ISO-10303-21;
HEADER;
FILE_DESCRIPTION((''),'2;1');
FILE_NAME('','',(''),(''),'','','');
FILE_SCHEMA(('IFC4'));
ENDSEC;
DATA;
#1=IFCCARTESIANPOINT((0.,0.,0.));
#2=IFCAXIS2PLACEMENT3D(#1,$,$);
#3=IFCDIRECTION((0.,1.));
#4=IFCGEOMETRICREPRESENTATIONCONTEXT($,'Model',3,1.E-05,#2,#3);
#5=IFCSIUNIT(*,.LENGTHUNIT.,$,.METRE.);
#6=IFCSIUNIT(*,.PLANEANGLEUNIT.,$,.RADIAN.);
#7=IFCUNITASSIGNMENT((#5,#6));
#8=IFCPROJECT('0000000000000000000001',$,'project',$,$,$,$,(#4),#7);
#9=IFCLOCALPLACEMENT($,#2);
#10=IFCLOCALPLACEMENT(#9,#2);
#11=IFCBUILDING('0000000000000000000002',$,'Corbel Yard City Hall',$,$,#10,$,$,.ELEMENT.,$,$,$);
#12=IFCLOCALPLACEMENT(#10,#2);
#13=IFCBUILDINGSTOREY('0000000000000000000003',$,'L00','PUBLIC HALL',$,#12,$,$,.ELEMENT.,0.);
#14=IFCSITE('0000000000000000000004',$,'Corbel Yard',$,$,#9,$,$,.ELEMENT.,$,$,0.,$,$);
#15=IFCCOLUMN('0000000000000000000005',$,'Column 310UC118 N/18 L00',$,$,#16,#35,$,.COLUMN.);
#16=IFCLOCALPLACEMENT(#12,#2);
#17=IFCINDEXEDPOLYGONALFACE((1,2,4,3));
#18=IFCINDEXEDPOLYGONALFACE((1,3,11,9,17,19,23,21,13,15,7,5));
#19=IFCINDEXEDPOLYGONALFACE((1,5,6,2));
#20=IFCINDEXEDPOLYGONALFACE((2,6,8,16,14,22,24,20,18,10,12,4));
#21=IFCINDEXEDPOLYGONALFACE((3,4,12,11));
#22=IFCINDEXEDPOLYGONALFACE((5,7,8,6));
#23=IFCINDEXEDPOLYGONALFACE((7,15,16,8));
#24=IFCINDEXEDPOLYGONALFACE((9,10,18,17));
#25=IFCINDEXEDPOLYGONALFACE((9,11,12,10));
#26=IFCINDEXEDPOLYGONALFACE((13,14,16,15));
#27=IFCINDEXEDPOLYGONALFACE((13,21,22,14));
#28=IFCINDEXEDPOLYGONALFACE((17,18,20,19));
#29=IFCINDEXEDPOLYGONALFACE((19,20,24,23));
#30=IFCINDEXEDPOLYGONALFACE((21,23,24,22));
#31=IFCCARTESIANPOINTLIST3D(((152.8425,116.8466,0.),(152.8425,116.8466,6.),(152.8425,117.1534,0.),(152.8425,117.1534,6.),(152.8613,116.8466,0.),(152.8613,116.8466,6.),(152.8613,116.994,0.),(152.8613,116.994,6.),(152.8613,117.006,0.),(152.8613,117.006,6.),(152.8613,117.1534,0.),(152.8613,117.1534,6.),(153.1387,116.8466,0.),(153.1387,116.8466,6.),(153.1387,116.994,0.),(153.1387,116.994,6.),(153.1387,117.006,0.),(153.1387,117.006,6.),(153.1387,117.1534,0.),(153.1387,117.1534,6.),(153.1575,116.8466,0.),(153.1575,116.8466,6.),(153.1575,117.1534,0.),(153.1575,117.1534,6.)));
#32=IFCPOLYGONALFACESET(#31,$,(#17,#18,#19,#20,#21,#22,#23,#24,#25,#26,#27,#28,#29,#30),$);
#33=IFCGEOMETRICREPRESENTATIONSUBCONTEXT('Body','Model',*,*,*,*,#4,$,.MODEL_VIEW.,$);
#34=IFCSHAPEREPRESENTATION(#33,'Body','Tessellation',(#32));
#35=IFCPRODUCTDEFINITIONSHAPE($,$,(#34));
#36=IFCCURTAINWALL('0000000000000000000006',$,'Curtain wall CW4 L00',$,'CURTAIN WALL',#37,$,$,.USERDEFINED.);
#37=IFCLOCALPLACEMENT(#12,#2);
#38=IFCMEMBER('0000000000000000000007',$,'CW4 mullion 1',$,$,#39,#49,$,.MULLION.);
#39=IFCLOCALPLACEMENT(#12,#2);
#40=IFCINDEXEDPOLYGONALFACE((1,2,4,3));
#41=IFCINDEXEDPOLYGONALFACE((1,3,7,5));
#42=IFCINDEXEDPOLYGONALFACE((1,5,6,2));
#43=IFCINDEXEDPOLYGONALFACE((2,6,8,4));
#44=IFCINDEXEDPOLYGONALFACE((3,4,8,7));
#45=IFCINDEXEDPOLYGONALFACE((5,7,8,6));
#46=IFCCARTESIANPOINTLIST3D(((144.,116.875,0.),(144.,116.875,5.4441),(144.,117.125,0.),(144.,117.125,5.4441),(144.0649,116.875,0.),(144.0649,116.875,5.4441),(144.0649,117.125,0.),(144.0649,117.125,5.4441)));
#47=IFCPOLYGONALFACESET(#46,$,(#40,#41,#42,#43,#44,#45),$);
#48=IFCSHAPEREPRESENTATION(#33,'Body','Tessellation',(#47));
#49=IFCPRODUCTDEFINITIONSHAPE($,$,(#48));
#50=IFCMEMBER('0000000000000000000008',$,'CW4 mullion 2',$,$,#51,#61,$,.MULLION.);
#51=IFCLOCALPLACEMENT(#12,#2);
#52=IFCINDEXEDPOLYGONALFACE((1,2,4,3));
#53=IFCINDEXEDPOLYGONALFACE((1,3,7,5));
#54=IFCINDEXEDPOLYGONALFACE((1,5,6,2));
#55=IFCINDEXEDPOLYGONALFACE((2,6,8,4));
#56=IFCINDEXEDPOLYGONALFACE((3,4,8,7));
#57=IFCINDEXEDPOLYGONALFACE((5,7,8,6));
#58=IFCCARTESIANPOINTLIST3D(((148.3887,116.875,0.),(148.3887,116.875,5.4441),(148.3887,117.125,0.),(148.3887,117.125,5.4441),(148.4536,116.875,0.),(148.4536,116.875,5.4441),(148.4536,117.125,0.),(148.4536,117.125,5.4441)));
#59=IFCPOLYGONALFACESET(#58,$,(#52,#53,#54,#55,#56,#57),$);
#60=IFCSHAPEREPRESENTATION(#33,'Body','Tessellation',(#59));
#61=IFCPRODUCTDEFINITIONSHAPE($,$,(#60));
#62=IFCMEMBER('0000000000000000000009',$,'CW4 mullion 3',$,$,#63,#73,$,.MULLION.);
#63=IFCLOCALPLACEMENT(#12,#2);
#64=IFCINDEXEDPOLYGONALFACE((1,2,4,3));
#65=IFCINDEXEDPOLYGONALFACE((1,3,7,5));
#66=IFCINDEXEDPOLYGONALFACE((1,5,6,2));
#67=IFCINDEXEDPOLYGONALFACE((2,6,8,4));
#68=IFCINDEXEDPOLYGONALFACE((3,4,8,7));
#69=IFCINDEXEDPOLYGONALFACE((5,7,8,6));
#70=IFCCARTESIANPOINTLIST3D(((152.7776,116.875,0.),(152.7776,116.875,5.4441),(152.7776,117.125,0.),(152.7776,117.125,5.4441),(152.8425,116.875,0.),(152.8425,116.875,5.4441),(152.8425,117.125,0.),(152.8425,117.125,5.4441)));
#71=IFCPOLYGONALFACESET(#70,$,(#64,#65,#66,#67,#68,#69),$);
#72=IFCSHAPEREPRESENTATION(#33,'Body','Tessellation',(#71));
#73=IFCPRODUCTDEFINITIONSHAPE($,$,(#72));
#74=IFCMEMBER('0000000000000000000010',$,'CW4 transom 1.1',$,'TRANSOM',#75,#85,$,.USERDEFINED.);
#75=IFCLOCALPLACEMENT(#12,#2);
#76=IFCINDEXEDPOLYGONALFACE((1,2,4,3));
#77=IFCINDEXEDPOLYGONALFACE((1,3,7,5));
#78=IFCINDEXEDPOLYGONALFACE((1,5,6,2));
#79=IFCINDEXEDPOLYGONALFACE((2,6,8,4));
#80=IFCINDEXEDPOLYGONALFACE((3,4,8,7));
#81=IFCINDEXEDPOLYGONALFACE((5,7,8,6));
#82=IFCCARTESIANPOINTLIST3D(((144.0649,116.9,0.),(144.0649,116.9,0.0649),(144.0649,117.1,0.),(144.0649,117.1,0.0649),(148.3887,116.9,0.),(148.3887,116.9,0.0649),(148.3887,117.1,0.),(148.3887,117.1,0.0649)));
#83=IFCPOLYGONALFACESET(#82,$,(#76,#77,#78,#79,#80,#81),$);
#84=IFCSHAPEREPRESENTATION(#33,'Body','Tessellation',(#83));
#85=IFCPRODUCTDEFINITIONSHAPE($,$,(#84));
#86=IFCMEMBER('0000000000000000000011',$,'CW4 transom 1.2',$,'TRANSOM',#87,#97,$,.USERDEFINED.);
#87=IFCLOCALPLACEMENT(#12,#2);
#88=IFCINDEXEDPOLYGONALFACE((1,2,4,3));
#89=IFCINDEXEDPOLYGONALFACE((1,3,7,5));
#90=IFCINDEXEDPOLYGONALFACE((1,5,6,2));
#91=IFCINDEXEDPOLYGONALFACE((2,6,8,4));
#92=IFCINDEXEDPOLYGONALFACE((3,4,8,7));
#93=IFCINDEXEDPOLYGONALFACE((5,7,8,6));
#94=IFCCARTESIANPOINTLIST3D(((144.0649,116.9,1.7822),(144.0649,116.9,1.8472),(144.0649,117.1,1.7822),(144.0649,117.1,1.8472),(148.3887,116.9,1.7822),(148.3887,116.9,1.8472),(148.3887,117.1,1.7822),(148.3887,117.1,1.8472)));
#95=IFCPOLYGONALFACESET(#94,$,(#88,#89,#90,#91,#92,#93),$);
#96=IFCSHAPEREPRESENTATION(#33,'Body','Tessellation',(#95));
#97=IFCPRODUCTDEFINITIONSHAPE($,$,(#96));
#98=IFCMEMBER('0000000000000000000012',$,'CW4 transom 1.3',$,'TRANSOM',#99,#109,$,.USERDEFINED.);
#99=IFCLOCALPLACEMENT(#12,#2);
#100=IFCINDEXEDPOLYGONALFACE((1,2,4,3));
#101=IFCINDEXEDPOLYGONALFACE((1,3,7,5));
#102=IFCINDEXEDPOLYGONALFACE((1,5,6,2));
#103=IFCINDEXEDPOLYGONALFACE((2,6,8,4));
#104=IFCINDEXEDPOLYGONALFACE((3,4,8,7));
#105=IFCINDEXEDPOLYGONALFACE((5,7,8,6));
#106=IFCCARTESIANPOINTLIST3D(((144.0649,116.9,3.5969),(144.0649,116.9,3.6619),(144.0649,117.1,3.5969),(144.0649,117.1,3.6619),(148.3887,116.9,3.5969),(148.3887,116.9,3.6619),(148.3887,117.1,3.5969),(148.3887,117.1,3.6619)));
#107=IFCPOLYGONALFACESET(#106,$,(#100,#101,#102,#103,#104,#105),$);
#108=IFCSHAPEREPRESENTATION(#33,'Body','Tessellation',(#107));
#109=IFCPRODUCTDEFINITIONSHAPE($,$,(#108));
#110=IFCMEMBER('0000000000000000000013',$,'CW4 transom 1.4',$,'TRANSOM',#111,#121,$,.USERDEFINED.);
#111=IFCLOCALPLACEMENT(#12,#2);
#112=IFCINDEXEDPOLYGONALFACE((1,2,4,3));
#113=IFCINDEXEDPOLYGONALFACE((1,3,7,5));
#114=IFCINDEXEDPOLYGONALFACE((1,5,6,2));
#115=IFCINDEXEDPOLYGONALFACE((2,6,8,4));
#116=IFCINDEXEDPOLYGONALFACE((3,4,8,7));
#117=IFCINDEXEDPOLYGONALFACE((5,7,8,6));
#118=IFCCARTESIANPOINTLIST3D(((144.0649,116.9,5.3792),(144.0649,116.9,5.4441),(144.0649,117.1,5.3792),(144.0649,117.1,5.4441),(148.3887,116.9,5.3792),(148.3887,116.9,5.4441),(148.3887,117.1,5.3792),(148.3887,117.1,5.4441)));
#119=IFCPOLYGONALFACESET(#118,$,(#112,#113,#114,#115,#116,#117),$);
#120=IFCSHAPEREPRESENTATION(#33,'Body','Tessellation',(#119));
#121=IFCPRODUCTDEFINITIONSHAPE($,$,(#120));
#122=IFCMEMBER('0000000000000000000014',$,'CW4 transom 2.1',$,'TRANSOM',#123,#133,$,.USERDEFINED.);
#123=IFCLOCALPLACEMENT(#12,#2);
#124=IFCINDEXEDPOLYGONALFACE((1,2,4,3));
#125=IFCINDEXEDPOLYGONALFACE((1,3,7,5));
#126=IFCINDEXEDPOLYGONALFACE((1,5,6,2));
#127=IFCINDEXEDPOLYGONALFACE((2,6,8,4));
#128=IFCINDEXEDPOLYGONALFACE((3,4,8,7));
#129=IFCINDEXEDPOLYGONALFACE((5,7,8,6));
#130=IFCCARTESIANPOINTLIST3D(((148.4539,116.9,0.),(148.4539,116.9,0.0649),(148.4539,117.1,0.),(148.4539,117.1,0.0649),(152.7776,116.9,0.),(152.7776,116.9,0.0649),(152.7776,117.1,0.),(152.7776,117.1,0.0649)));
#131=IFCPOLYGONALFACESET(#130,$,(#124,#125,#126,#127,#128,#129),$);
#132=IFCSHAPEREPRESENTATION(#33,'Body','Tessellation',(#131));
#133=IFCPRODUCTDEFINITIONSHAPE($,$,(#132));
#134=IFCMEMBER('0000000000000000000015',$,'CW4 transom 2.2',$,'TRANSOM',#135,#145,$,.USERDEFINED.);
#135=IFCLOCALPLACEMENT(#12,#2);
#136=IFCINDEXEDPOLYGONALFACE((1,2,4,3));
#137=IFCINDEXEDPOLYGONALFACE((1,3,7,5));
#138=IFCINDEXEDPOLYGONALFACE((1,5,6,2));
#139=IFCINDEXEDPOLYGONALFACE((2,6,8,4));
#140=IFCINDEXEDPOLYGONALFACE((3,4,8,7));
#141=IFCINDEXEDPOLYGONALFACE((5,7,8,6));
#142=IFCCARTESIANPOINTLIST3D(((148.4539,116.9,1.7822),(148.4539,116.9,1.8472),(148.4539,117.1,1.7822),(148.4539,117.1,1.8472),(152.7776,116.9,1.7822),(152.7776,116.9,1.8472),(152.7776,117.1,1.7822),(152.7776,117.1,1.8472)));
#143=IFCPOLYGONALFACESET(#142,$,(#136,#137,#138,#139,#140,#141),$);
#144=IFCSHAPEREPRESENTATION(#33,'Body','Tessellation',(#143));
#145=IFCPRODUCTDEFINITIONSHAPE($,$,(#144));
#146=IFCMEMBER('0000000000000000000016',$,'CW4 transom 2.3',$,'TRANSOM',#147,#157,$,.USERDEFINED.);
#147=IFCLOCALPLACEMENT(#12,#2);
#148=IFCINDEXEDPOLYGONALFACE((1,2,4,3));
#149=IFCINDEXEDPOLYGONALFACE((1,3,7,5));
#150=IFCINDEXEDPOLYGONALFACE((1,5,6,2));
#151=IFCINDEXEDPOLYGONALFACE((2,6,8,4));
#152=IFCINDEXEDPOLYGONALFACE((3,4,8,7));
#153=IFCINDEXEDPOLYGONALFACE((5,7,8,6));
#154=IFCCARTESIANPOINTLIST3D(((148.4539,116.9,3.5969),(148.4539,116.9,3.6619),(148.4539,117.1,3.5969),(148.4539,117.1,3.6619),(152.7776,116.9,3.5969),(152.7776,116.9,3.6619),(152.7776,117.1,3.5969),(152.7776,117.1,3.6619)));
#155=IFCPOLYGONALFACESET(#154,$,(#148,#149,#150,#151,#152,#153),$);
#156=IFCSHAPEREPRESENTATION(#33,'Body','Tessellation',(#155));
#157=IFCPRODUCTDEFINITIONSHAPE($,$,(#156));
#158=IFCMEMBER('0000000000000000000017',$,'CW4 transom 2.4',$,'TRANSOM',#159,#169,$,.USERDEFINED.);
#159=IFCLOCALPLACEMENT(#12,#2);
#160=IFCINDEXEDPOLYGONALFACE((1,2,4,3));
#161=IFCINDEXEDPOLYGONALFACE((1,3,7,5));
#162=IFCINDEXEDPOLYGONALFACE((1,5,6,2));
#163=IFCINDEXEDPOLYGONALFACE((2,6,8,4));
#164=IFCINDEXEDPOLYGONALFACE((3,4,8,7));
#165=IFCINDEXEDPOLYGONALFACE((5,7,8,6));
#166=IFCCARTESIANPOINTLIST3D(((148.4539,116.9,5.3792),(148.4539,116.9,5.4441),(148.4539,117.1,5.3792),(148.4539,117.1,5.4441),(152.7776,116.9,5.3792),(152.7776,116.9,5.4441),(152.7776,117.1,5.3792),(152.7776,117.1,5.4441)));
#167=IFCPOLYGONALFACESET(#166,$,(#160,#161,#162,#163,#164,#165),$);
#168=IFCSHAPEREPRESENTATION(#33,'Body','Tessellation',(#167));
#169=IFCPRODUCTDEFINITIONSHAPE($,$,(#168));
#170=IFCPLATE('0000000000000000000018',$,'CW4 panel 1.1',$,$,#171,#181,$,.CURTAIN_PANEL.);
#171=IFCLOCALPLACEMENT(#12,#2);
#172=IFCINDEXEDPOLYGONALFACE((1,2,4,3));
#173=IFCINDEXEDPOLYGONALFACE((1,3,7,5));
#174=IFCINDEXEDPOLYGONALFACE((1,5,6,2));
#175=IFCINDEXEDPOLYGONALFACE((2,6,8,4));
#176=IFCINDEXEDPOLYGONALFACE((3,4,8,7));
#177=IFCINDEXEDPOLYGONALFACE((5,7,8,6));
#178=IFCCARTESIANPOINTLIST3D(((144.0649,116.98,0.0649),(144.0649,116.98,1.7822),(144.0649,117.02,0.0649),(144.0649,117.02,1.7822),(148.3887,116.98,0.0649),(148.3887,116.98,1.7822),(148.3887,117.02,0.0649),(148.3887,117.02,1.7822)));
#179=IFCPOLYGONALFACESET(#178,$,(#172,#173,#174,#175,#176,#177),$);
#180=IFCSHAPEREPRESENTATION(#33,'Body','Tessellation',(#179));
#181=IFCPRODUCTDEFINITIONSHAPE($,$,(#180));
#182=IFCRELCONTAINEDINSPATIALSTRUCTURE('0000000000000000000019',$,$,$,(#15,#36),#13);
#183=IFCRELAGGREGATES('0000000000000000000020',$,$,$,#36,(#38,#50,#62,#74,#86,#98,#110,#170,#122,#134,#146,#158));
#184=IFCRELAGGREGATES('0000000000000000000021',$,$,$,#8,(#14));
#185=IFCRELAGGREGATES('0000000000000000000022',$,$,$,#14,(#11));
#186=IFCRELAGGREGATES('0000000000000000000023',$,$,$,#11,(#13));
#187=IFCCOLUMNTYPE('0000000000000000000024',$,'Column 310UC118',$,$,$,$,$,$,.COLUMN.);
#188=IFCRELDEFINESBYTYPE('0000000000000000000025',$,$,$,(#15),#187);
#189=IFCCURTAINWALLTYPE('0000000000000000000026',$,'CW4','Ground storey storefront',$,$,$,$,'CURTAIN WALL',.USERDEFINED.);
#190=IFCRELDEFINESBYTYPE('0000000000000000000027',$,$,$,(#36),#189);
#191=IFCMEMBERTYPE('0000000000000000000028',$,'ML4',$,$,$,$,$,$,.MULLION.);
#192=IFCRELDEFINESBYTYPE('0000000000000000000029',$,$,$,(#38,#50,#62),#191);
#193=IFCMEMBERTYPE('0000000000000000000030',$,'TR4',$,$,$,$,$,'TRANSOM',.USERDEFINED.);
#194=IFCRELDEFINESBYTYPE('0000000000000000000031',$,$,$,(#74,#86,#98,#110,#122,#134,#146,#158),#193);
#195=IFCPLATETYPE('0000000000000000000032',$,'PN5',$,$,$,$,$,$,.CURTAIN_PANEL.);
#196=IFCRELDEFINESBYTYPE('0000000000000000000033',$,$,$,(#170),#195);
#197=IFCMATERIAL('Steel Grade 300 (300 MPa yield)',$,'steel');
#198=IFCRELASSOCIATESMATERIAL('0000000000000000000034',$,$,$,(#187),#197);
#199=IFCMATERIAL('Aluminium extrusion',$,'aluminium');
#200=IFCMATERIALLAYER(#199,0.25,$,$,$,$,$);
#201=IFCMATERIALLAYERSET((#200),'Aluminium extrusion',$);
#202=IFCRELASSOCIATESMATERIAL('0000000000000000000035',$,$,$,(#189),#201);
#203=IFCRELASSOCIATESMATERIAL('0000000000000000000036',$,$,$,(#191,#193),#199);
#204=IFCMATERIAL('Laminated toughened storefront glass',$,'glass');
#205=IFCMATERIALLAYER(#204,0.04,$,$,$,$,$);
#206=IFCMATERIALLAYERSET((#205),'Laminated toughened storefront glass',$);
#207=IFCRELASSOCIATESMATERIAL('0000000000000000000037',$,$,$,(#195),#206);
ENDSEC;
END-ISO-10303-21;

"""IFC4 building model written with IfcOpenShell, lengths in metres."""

from ifc_helpers import new_model, si_unit, direction, frame, origin, origin_2d, place, context, subcontext, project, spatial, rectangle, i_section, extrude, material, layer, layer_set, material_profile, profile_set, type_object, element, aggregate, save


model = new_model("IFC4")

# Units and contexts
model_context = context("Model", 3, precision=1e-05, world=origin(), true_north=direction((0.0, 1.0)))
body_context = subcontext(model_context, "Body", "Model", "MODEL_VIEW")
ifc_project = project(units=[si_unit("LENGTHUNIT", "METRE"), si_unit("PLANEANGLEUNIT", "RADIAN")], contexts=[model_context])

# Site, building, storey
site_placement = place(None, origin())
site = spatial("IfcSite", under=ifc_project, at=site_placement, Name="Corbel Yard", CompositionType="ELEMENT", RefElevation=0.0)
building_placement = place(site_placement, origin())
building = spatial("IfcBuilding", under=site, at=building_placement, Name="Corbel Yard City Hall", CompositionType="ELEMENT")
storey_placement = place(building_placement, origin())
storey = spatial("IfcBuildingStorey", under=building, at=storey_placement, Name="L00", Description="PUBLIC HALL", CompositionType="ELEMENT", Elevation=0.0)

# Column
ifc_material_1 = material(Name="Steel Grade 300 (300 MPa yield)", Category="steel")
ifc_material_profile_1 = material_profile(ifc_material_1, i_section(OverallWidth=0.3069, OverallDepth=0.3149, WebThickness=0.012, FlangeThickness=0.0188, at=origin_2d()), Name="310UC118")
ifc_profile_set_1 = profile_set([ifc_material_profile_1], Name="Steel Grade 300 (300 MPa yield)")
column_type = type_object("IfcColumnType", Name="Column 310UC118", PredefinedType="COLUMN", material=ifc_profile_set_1)
column_placement = place(storey_placement, frame((153.0, 117.0, 0.0), z_axis=(0.0, 0.0, 1.0), x_axis=(0.0, 1.0, 0.0)))
element("IfcColumn", 1, at=column_placement, inside=storey, type_object=column_type, Name="Column 310UC118 N/18 L00", PredefinedType="COLUMN", context=body_context, shape_type="SweptSolid", body=[
    extrude(i_section(OverallWidth=0.3069, OverallDepth=0.3149, WebThickness=0.012, FlangeThickness=0.0188, at=origin_2d()), origin(), (0.0, 0.0, 1.0), 6.0),
])

# Curtain wall, members, plate
ifc_material_2 = material(Name="Aluminium extrusion", Category="aluminium")
ifc_layer_1 = layer(ifc_material_2, 0.25)
ifc_layer_set_1 = layer_set([ifc_layer_1], Name="Aluminium extrusion")
curtain_wall_type = type_object("IfcCurtainWallType", Name="CW4", Description="Ground storey storefront", ElementType="CURTAIN WALL", PredefinedType="USERDEFINED", material=ifc_layer_set_1)
curtain_wall_placement = place(storey_placement, origin())
curtain_wall = element("IfcCurtainWall", 2, at=curtain_wall_placement, inside=storey, type_object=curtain_wall_type, Name="Curtain wall CW4 L00", ObjectType="CURTAIN WALL", PredefinedType="USERDEFINED")
ifc_material_profile_2 = material_profile(ifc_material_2, rectangle(XDim=0.25, YDim=0.0649, at=origin_2d()), Name="250x65")
ifc_profile_set_2 = profile_set([ifc_material_profile_2], Name="Aluminium extrusion")
member_type_1 = type_object("IfcMemberType", Name="ML4", PredefinedType="MULLION", material=ifc_profile_set_2)
member_1_placement = place(storey_placement, frame((144.0325, 117.0, 0.0), z_axis=(0.0, 0.0, 1.0), x_axis=(0.0, 1.0, 0.0)))
member_1 = element("IfcMember", 3, at=member_1_placement, type_object=member_type_1, Name="CW4 mullion 1", PredefinedType="MULLION", context=body_context, shape_type="SweptSolid", body=[
    extrude(rectangle(XDim=0.25, YDim=0.0649, at=origin_2d()), origin(), (0.0, 0.0, 1.0), 5.4441),
])
member_2_placement = place(storey_placement, frame((148.4211, 117.0, 0.0), z_axis=(0.0, 0.0, 1.0), x_axis=(0.0, 1.0, 0.0)))
member_2 = element("IfcMember", 4, at=member_2_placement, type_object=member_type_1, Name="CW4 mullion 2", PredefinedType="MULLION", context=body_context, shape_type="SweptSolid", body=[
    extrude(rectangle(XDim=0.25, YDim=0.0649, at=origin_2d()), origin(), (0.0, 0.0, 1.0), 5.4441),
])
member_3_placement = place(storey_placement, frame((152.8101, 117.0, 0.0), z_axis=(0.0, 0.0, 1.0), x_axis=(0.0, 1.0, 0.0)))
member_3 = element("IfcMember", 5, at=member_3_placement, type_object=member_type_1, Name="CW4 mullion 3", PredefinedType="MULLION", context=body_context, shape_type="SweptSolid", body=[
    extrude(rectangle(XDim=0.25, YDim=0.0649, at=origin_2d()), origin(), (0.0, 0.0, 1.0), 5.4441),
])
ifc_material_profile_3 = material_profile(ifc_material_2, rectangle(XDim=0.2, YDim=0.0649, at=origin_2d()), Name="200x65")
ifc_profile_set_3 = profile_set([ifc_material_profile_3], Name="Aluminium extrusion")
member_type_2 = type_object("IfcMemberType", Name="TR4", ElementType="TRANSOM", PredefinedType="USERDEFINED", material=ifc_profile_set_3)
member_4_placement = place(storey_placement, frame((144.0649, 117.0, 0.0325), z_axis=(1.0, 0.0, 0.0), x_axis=(0.0, 1.0, 0.0)))
member_4 = element("IfcMember", 6, at=member_4_placement, type_object=member_type_2, Name="CW4 transom 1.1", ObjectType="TRANSOM", PredefinedType="USERDEFINED", context=body_context, shape_type="SweptSolid", body=[
    extrude(rectangle(XDim=0.2, YDim=0.0649, at=origin_2d()), origin(), (0.0, 0.0, 1.0), 4.3237),
])
member_5_placement = place(storey_placement, frame((144.0649, 117.0, 1.8147), z_axis=(1.0, 0.0, 0.0), x_axis=(0.0, 1.0, 0.0)))
member_5 = element("IfcMember", 7, at=member_5_placement, type_object=member_type_2, Name="CW4 transom 1.2", ObjectType="TRANSOM", PredefinedType="USERDEFINED", context=body_context, shape_type="SweptSolid", body=[
    extrude(rectangle(XDim=0.2, YDim=0.0649, at=origin_2d()), origin(), (0.0, 0.0, 1.0), 4.3237),
])
member_6_placement = place(storey_placement, frame((144.0649, 117.0, 3.6294), z_axis=(1.0, 0.0, 0.0), x_axis=(0.0, 1.0, 0.0)))
member_6 = element("IfcMember", 8, at=member_6_placement, type_object=member_type_2, Name="CW4 transom 1.3", ObjectType="TRANSOM", PredefinedType="USERDEFINED", context=body_context, shape_type="SweptSolid", body=[
    extrude(rectangle(XDim=0.2, YDim=0.0649, at=origin_2d()), origin(), (0.0, 0.0, 1.0), 4.3237),
])
member_7_placement = place(storey_placement, frame((144.0649, 117.0, 5.4116), z_axis=(1.0, 0.0, 0.0), x_axis=(0.0, 1.0, 0.0)))
member_7 = element("IfcMember", 9, at=member_7_placement, type_object=member_type_2, Name="CW4 transom 1.4", ObjectType="TRANSOM", PredefinedType="USERDEFINED", context=body_context, shape_type="SweptSolid", body=[
    extrude(rectangle(XDim=0.2, YDim=0.0649, at=origin_2d()), origin(), (0.0, 0.0, 1.0), 4.3237),
])
member_8_placement = place(storey_placement, frame((148.4539, 117.0, 0.0325), z_axis=(1.0, 0.0, 0.0), x_axis=(0.0, 1.0, 0.0)))
member_8 = element("IfcMember", 10, at=member_8_placement, type_object=member_type_2, Name="CW4 transom 2.1", ObjectType="TRANSOM", PredefinedType="USERDEFINED", context=body_context, shape_type="SweptSolid", body=[
    extrude(rectangle(XDim=0.2, YDim=0.0649, at=origin_2d()), origin(), (0.0, 0.0, 1.0), 4.3237),
])
member_9_placement = place(storey_placement, frame((148.4539, 117.0, 1.8147), z_axis=(1.0, 0.0, 0.0), x_axis=(0.0, 1.0, 0.0)))
member_9 = element("IfcMember", 11, at=member_9_placement, type_object=member_type_2, Name="CW4 transom 2.2", ObjectType="TRANSOM", PredefinedType="USERDEFINED", context=body_context, shape_type="SweptSolid", body=[
    extrude(rectangle(XDim=0.2, YDim=0.0649, at=origin_2d()), origin(), (0.0, 0.0, 1.0), 4.3237),
])
member_10_placement = place(storey_placement, frame((148.4539, 117.0, 3.6294), z_axis=(1.0, 0.0, 0.0), x_axis=(0.0, 1.0, 0.0)))
member_10 = element("IfcMember", 12, at=member_10_placement, type_object=member_type_2, Name="CW4 transom 2.3", ObjectType="TRANSOM", PredefinedType="USERDEFINED", context=body_context, shape_type="SweptSolid", body=[
    extrude(rectangle(XDim=0.2, YDim=0.0649, at=origin_2d()), origin(), (0.0, 0.0, 1.0), 4.3237),
])
member_11_placement = place(storey_placement, frame((148.4539, 117.0, 5.4116), z_axis=(1.0, 0.0, 0.0), x_axis=(0.0, 1.0, 0.0)))
member_11 = element("IfcMember", 13, at=member_11_placement, type_object=member_type_2, Name="CW4 transom 2.4", ObjectType="TRANSOM", PredefinedType="USERDEFINED", context=body_context, shape_type="SweptSolid", body=[
    extrude(rectangle(XDim=0.2, YDim=0.0649, at=origin_2d()), origin(), (0.0, 0.0, 1.0), 4.3237),
])
ifc_material_3 = material(Name="Laminated toughened storefront glass", Category="glass")
ifc_layer_2 = layer(ifc_material_3, 0.04)
ifc_layer_set_2 = layer_set([ifc_layer_2], Name="Laminated toughened storefront glass")
plate_type = type_object("IfcPlateType", Name="PN5", PredefinedType="CURTAIN_PANEL", material=ifc_layer_set_2)
plate_1_placement = place(storey_placement, frame((146.2268, 117.0, 0.0649), z_axis=(0.0, 0.0, 1.0), x_axis=(1.0, 0.0, 0.0)))
plate_1 = element("IfcPlate", 14, at=plate_1_placement, type_object=plate_type, Name="CW4 panel 1.1", PredefinedType="CURTAIN_PANEL", context=body_context, shape_type="SweptSolid", body=[
    extrude(rectangle(XDim=4.3237, YDim=0.04, at=origin_2d()), origin(), (0.0, 0.0, 1.0), 1.7173),
])
aggregate(curtain_wall, [member_1, member_2, member_3, member_4, member_5, member_6, member_7, plate_1, member_8, member_9, member_10, member_11])

save(model, "model.ifc")
